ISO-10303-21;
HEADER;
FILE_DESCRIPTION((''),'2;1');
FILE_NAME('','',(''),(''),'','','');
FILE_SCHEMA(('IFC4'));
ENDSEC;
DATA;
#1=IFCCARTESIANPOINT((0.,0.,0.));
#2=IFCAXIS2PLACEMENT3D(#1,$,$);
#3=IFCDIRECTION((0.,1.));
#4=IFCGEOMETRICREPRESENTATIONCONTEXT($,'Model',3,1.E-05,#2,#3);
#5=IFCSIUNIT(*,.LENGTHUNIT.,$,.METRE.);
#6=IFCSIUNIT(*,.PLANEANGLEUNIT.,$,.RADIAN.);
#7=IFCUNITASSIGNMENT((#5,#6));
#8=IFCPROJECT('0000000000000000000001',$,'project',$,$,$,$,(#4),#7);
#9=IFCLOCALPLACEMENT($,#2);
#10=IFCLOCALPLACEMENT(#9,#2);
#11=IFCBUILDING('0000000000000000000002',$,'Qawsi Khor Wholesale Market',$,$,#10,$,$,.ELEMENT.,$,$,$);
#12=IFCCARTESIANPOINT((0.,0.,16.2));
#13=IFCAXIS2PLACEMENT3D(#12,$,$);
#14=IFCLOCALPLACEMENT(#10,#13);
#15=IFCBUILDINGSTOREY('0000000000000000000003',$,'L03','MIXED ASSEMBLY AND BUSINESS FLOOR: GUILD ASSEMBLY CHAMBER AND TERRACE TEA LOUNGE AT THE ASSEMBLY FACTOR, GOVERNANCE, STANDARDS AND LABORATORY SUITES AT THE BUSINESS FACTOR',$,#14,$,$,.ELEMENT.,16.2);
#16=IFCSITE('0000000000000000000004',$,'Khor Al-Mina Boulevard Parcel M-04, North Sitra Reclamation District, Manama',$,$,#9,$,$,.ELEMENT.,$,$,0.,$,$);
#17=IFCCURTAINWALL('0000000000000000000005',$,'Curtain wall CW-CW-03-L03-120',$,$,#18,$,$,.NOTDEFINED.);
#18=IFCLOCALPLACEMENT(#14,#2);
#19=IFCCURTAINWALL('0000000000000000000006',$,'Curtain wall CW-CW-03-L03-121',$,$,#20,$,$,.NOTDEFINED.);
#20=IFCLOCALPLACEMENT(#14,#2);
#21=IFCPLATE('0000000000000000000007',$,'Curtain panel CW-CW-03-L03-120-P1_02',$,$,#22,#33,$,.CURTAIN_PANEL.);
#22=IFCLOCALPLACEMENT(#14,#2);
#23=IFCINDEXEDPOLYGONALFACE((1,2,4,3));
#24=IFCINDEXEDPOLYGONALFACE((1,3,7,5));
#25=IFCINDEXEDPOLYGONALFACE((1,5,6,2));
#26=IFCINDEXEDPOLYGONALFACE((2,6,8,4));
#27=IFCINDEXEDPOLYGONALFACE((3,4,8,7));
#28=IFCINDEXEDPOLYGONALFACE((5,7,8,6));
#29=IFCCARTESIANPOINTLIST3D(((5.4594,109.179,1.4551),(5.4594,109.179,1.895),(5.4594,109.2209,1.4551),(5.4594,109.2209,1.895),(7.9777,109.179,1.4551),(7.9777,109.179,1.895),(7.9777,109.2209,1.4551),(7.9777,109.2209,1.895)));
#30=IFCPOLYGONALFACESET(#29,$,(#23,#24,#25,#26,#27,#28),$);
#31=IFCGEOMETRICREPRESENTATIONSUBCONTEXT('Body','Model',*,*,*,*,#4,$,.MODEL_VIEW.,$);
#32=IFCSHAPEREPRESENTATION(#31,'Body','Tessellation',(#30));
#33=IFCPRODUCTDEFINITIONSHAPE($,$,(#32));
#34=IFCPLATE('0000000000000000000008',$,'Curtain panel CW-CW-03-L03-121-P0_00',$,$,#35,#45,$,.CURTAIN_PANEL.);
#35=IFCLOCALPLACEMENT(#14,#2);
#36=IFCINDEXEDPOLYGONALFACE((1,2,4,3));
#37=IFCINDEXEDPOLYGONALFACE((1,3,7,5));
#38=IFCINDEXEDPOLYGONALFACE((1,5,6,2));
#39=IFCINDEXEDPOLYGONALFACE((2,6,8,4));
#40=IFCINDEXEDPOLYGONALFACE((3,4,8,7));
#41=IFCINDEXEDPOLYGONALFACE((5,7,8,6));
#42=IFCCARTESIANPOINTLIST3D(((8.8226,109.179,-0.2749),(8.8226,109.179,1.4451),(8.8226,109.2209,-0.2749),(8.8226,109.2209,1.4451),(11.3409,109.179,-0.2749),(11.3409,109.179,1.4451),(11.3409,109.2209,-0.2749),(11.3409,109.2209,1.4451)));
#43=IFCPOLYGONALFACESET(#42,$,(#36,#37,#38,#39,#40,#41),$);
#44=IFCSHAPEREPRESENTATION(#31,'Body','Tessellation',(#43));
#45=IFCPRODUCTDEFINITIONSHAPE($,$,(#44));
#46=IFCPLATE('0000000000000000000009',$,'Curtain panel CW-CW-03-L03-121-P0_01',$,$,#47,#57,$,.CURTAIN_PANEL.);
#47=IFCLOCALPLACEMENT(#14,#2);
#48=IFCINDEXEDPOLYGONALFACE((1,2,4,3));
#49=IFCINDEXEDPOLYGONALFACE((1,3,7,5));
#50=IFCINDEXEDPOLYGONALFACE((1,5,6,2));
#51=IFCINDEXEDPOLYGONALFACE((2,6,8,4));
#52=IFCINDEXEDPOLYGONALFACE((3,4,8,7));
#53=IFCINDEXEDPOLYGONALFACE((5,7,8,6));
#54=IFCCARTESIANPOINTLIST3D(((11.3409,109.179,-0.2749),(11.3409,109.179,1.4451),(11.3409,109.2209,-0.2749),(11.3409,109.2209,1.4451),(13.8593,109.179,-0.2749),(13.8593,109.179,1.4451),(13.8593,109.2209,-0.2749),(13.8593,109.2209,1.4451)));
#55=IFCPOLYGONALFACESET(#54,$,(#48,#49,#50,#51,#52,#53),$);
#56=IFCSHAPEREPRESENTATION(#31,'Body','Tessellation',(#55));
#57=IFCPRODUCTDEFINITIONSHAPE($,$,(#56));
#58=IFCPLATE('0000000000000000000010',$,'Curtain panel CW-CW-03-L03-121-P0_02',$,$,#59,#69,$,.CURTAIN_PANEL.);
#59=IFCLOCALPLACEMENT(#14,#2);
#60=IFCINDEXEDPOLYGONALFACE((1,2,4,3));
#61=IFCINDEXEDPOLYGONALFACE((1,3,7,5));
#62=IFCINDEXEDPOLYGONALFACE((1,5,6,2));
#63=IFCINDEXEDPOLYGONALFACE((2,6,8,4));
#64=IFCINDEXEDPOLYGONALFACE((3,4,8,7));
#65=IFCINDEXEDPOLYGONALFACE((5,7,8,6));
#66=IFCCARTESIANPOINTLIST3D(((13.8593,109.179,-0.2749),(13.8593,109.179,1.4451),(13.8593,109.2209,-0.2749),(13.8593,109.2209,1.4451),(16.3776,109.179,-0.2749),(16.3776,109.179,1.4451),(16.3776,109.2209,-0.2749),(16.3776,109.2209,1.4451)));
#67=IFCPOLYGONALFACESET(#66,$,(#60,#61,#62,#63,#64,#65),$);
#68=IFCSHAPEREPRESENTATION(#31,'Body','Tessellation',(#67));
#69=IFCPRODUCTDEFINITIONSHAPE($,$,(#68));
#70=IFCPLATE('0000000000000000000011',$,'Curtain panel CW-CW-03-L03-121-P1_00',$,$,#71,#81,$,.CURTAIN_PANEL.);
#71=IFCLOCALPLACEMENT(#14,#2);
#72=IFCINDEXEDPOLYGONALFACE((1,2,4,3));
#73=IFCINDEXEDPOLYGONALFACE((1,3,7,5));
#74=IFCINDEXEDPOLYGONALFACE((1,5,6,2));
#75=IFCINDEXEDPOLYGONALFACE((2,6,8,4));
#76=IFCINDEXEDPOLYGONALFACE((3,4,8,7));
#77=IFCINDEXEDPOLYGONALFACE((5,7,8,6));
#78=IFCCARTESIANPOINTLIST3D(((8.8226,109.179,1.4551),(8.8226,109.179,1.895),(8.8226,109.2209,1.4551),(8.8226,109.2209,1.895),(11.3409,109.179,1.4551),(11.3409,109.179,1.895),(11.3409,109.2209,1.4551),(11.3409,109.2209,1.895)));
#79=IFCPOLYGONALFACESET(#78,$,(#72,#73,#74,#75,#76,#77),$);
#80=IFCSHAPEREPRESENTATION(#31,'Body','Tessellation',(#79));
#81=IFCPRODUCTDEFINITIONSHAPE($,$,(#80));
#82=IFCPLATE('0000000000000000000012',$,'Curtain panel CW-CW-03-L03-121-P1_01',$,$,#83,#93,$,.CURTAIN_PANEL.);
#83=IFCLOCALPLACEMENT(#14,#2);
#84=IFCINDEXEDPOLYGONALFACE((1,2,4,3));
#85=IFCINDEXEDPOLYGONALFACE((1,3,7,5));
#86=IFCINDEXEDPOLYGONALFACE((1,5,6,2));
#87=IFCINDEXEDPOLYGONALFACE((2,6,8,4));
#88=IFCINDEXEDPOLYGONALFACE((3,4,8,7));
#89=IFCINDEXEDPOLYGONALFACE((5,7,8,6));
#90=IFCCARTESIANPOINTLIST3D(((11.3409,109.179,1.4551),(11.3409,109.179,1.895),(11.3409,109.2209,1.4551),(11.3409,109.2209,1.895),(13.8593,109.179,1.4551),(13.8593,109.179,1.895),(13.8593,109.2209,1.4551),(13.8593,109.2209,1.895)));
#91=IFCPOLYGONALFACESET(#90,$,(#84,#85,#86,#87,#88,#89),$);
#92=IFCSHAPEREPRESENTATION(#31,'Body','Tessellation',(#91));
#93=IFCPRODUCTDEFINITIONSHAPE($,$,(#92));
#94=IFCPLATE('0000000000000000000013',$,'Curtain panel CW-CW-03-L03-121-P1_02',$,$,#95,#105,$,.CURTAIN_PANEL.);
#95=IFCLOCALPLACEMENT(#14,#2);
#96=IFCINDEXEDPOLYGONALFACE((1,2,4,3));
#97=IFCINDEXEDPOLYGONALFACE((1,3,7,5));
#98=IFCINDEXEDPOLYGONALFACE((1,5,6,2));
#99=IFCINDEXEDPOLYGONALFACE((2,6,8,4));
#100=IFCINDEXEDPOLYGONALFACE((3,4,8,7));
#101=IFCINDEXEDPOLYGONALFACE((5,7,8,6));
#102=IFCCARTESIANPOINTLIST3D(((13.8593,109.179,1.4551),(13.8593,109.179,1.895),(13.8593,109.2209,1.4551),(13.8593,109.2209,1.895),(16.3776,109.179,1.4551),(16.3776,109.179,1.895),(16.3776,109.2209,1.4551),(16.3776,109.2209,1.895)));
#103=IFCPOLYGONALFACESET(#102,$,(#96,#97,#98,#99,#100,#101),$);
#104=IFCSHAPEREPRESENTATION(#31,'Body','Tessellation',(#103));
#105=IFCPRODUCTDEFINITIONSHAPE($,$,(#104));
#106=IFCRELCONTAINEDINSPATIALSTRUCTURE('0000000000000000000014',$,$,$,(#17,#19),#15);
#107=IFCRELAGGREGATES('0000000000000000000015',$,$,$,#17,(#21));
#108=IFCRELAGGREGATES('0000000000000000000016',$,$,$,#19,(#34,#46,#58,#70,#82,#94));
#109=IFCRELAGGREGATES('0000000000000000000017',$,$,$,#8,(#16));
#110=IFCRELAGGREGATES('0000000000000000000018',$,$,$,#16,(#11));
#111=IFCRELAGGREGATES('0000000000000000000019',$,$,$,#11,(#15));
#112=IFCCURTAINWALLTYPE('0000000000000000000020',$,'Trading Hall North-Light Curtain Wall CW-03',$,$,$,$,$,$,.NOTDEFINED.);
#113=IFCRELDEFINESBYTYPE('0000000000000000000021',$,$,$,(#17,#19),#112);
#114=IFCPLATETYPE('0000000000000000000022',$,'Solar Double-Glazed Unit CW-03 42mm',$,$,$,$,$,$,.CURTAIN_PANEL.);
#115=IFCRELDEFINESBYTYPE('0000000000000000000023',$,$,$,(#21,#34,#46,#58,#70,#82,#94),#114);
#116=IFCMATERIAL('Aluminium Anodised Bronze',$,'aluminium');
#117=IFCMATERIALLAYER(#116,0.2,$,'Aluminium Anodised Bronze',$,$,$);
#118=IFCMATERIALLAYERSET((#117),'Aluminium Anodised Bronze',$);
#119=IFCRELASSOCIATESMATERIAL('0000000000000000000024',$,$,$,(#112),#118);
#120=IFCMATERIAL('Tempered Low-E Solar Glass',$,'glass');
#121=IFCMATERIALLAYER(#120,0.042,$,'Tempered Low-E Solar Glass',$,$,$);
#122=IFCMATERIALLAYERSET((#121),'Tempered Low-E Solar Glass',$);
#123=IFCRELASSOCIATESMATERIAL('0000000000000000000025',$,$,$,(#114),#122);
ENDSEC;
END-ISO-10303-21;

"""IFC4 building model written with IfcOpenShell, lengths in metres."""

from ifc_helpers import new_model, si_unit, direction, frame, frame_2d, origin, place, context, subcontext, project, spatial, rectangle, extrude, material, layer, layer_set, type_object, element, aggregate, save


model = new_model("IFC4")

# Units and contexts
model_context = context("Model", 3, precision=1e-05, world=origin(), true_north=direction((0.0, 1.0)))
body_context = subcontext(model_context, "Body", "Model", "MODEL_VIEW")
ifc_project = project(units=[si_unit("LENGTHUNIT", "METRE"), si_unit("PLANEANGLEUNIT", "RADIAN")], contexts=[model_context])

# Site, building, storey
site_placement = place(None, origin())
site = spatial("IfcSite", under=ifc_project, at=site_placement, Name="Khor Al-Mina Boulevard Parcel M-04, North Sitra Reclamation District, Manama", CompositionType="ELEMENT", RefElevation=0.0)
building_placement = place(site_placement, origin())
building = spatial("IfcBuilding", under=site, at=building_placement, Name="Qawsi Khor Wholesale Market", CompositionType="ELEMENT")
storey_placement = place(building_placement, frame((0.0, 0.0, 16.2)))
storey = spatial("IfcBuildingStorey", under=building, at=storey_placement, Name="L03", Description="MIXED ASSEMBLY AND BUSINESS FLOOR: GUILD ASSEMBLY CHAMBER AND TERRACE TEA LOUNGE AT THE ASSEMBLY FACTOR, GOVERNANCE, STANDARDS AND LABORATORY SUITES AT THE BUSINESS FACTOR", CompositionType="ELEMENT", Elevation=16.2)

# Curtain walls
ifc_material_1 = material(Name="Aluminium Anodised Bronze", Category="aluminium")
ifc_layer_1 = layer(ifc_material_1, 0.2, Name="Aluminium Anodised Bronze")
ifc_layer_set_1 = layer_set([ifc_layer_1], Name="Aluminium Anodised Bronze")
curtain_wall_type = type_object("IfcCurtainWallType", Name="Trading Hall North-Light Curtain Wall CW-03", PredefinedType="NOTDEFINED", material=ifc_layer_set_1)
curtain_wall_1_placement = place(storey_placement, origin())
curtain_wall_1 = element("IfcCurtainWall", 1, at=curtain_wall_1_placement, inside=storey, type_object=curtain_wall_type, Name="Curtain wall CW-CW-03-L03-120", PredefinedType="NOTDEFINED")
curtain_wall_2_placement = place(storey_placement, origin())
curtain_wall_2 = element("IfcCurtainWall", 2, at=curtain_wall_2_placement, inside=storey, type_object=curtain_wall_type, Name="Curtain wall CW-CW-03-L03-121", PredefinedType="NOTDEFINED")

# Plates
ifc_material_2 = material(Name="Tempered Low-E Solar Glass", Category="glass")
ifc_layer_2 = layer(ifc_material_2, 0.042, Name="Tempered Low-E Solar Glass")
ifc_layer_set_2 = layer_set([ifc_layer_2], Name="Tempered Low-E Solar Glass")
plate_type = type_object("IfcPlateType", Name="Solar Double-Glazed Unit CW-03 42mm", PredefinedType="CURTAIN_PANEL", material=ifc_layer_set_2)
plate_1_placement = place(storey_placement, frame((5.4592, 109.2, 1.4551), z_axis=(0.0, 0.0, 1.0), x_axis=(1.0, 0.0, 0.0)))
plate_1 = element("IfcPlate", 3, at=plate_1_placement, type_object=plate_type, Name="Curtain panel CW-CW-03-L03-120-P1_02", PredefinedType="CURTAIN_PANEL", context=body_context, shape_type="SweptSolid", body=[
    extrude(rectangle(XDim=2.5183, YDim=0.042, at=frame_2d((1.2593, 0.0))), origin(), (0.0, 0.0, 1.0), 0.4399),
])
aggregate(curtain_wall_1, [plate_1])
plate_2_placement = place(storey_placement, frame((8.8225, 109.2, -0.2749), z_axis=(0.0, 0.0, 1.0), x_axis=(1.0, 0.0, 0.0)))
plate_2 = element("IfcPlate", 4, at=plate_2_placement, type_object=plate_type, Name="Curtain panel CW-CW-03-L03-121-P0_00", PredefinedType="CURTAIN_PANEL", context=body_context, shape_type="SweptSolid", body=[
    extrude(rectangle(XDim=2.5183, YDim=0.042, at=frame_2d((1.2593, 0.0))), origin(), (0.0, 0.0, 1.0), 1.72),
])
plate_3_placement = place(storey_placement, frame((11.3408, 109.2, -0.2749), z_axis=(0.0, 0.0, 1.0), x_axis=(1.0, 0.0, 0.0)))
plate_3 = element("IfcPlate", 5, at=plate_3_placement, type_object=plate_type, Name="Curtain panel CW-CW-03-L03-121-P0_01", PredefinedType="CURTAIN_PANEL", context=body_context, shape_type="SweptSolid", body=[
    extrude(rectangle(XDim=2.5183, YDim=0.042, at=frame_2d((1.2593, 0.0))), origin(), (0.0, 0.0, 1.0), 1.72),
])
plate_4_placement = place(storey_placement, frame((13.8591, 109.2, -0.2749), z_axis=(0.0, 0.0, 1.0), x_axis=(1.0, 0.0, 0.0)))
plate_4 = element("IfcPlate", 6, at=plate_4_placement, type_object=plate_type, Name="Curtain panel CW-CW-03-L03-121-P0_02", PredefinedType="CURTAIN_PANEL", context=body_context, shape_type="SweptSolid", body=[
    extrude(rectangle(XDim=2.5183, YDim=0.042, at=frame_2d((1.2593, 0.0))), origin(), (0.0, 0.0, 1.0), 1.72),
])
plate_5_placement = place(storey_placement, frame((8.8225, 109.2, 1.4551), z_axis=(0.0, 0.0, 1.0), x_axis=(1.0, 0.0, 0.0)))
plate_5 = element("IfcPlate", 7, at=plate_5_placement, type_object=plate_type, Name="Curtain panel CW-CW-03-L03-121-P1_00", PredefinedType="CURTAIN_PANEL", context=body_context, shape_type="SweptSolid", body=[
    extrude(rectangle(XDim=2.5183, YDim=0.042, at=frame_2d((1.2593, 0.0))), origin(), (0.0, 0.0, 1.0), 0.4399),
])
plate_6_placement = place(storey_placement, frame((11.3408, 109.2, 1.4551), z_axis=(0.0, 0.0, 1.0), x_axis=(1.0, 0.0, 0.0)))
plate_6 = element("IfcPlate", 8, at=plate_6_placement, type_object=plate_type, Name="Curtain panel CW-CW-03-L03-121-P1_01", PredefinedType="CURTAIN_PANEL", context=body_context, shape_type="SweptSolid", body=[
    extrude(rectangle(XDim=2.5183, YDim=0.042, at=frame_2d((1.2593, 0.0))), origin(), (0.0, 0.0, 1.0), 0.4399),
])
plate_7_placement = place(storey_placement, frame((13.8591, 109.2, 1.4551), z_axis=(0.0, 0.0, 1.0), x_axis=(1.0, 0.0, 0.0)))
plate_7 = element("IfcPlate", 9, at=plate_7_placement, type_object=plate_type, Name="Curtain panel CW-CW-03-L03-121-P1_02", PredefinedType="CURTAIN_PANEL", context=body_context, shape_type="SweptSolid", body=[
    extrude(rectangle(XDim=2.5183, YDim=0.042, at=frame_2d((1.2593, 0.0))), origin(), (0.0, 0.0, 1.0), 0.4399),
])
aggregate(curtain_wall_2, [plate_2, plate_3, plate_4, plate_5, plate_6, plate_7])

save(model, "model.ifc")
